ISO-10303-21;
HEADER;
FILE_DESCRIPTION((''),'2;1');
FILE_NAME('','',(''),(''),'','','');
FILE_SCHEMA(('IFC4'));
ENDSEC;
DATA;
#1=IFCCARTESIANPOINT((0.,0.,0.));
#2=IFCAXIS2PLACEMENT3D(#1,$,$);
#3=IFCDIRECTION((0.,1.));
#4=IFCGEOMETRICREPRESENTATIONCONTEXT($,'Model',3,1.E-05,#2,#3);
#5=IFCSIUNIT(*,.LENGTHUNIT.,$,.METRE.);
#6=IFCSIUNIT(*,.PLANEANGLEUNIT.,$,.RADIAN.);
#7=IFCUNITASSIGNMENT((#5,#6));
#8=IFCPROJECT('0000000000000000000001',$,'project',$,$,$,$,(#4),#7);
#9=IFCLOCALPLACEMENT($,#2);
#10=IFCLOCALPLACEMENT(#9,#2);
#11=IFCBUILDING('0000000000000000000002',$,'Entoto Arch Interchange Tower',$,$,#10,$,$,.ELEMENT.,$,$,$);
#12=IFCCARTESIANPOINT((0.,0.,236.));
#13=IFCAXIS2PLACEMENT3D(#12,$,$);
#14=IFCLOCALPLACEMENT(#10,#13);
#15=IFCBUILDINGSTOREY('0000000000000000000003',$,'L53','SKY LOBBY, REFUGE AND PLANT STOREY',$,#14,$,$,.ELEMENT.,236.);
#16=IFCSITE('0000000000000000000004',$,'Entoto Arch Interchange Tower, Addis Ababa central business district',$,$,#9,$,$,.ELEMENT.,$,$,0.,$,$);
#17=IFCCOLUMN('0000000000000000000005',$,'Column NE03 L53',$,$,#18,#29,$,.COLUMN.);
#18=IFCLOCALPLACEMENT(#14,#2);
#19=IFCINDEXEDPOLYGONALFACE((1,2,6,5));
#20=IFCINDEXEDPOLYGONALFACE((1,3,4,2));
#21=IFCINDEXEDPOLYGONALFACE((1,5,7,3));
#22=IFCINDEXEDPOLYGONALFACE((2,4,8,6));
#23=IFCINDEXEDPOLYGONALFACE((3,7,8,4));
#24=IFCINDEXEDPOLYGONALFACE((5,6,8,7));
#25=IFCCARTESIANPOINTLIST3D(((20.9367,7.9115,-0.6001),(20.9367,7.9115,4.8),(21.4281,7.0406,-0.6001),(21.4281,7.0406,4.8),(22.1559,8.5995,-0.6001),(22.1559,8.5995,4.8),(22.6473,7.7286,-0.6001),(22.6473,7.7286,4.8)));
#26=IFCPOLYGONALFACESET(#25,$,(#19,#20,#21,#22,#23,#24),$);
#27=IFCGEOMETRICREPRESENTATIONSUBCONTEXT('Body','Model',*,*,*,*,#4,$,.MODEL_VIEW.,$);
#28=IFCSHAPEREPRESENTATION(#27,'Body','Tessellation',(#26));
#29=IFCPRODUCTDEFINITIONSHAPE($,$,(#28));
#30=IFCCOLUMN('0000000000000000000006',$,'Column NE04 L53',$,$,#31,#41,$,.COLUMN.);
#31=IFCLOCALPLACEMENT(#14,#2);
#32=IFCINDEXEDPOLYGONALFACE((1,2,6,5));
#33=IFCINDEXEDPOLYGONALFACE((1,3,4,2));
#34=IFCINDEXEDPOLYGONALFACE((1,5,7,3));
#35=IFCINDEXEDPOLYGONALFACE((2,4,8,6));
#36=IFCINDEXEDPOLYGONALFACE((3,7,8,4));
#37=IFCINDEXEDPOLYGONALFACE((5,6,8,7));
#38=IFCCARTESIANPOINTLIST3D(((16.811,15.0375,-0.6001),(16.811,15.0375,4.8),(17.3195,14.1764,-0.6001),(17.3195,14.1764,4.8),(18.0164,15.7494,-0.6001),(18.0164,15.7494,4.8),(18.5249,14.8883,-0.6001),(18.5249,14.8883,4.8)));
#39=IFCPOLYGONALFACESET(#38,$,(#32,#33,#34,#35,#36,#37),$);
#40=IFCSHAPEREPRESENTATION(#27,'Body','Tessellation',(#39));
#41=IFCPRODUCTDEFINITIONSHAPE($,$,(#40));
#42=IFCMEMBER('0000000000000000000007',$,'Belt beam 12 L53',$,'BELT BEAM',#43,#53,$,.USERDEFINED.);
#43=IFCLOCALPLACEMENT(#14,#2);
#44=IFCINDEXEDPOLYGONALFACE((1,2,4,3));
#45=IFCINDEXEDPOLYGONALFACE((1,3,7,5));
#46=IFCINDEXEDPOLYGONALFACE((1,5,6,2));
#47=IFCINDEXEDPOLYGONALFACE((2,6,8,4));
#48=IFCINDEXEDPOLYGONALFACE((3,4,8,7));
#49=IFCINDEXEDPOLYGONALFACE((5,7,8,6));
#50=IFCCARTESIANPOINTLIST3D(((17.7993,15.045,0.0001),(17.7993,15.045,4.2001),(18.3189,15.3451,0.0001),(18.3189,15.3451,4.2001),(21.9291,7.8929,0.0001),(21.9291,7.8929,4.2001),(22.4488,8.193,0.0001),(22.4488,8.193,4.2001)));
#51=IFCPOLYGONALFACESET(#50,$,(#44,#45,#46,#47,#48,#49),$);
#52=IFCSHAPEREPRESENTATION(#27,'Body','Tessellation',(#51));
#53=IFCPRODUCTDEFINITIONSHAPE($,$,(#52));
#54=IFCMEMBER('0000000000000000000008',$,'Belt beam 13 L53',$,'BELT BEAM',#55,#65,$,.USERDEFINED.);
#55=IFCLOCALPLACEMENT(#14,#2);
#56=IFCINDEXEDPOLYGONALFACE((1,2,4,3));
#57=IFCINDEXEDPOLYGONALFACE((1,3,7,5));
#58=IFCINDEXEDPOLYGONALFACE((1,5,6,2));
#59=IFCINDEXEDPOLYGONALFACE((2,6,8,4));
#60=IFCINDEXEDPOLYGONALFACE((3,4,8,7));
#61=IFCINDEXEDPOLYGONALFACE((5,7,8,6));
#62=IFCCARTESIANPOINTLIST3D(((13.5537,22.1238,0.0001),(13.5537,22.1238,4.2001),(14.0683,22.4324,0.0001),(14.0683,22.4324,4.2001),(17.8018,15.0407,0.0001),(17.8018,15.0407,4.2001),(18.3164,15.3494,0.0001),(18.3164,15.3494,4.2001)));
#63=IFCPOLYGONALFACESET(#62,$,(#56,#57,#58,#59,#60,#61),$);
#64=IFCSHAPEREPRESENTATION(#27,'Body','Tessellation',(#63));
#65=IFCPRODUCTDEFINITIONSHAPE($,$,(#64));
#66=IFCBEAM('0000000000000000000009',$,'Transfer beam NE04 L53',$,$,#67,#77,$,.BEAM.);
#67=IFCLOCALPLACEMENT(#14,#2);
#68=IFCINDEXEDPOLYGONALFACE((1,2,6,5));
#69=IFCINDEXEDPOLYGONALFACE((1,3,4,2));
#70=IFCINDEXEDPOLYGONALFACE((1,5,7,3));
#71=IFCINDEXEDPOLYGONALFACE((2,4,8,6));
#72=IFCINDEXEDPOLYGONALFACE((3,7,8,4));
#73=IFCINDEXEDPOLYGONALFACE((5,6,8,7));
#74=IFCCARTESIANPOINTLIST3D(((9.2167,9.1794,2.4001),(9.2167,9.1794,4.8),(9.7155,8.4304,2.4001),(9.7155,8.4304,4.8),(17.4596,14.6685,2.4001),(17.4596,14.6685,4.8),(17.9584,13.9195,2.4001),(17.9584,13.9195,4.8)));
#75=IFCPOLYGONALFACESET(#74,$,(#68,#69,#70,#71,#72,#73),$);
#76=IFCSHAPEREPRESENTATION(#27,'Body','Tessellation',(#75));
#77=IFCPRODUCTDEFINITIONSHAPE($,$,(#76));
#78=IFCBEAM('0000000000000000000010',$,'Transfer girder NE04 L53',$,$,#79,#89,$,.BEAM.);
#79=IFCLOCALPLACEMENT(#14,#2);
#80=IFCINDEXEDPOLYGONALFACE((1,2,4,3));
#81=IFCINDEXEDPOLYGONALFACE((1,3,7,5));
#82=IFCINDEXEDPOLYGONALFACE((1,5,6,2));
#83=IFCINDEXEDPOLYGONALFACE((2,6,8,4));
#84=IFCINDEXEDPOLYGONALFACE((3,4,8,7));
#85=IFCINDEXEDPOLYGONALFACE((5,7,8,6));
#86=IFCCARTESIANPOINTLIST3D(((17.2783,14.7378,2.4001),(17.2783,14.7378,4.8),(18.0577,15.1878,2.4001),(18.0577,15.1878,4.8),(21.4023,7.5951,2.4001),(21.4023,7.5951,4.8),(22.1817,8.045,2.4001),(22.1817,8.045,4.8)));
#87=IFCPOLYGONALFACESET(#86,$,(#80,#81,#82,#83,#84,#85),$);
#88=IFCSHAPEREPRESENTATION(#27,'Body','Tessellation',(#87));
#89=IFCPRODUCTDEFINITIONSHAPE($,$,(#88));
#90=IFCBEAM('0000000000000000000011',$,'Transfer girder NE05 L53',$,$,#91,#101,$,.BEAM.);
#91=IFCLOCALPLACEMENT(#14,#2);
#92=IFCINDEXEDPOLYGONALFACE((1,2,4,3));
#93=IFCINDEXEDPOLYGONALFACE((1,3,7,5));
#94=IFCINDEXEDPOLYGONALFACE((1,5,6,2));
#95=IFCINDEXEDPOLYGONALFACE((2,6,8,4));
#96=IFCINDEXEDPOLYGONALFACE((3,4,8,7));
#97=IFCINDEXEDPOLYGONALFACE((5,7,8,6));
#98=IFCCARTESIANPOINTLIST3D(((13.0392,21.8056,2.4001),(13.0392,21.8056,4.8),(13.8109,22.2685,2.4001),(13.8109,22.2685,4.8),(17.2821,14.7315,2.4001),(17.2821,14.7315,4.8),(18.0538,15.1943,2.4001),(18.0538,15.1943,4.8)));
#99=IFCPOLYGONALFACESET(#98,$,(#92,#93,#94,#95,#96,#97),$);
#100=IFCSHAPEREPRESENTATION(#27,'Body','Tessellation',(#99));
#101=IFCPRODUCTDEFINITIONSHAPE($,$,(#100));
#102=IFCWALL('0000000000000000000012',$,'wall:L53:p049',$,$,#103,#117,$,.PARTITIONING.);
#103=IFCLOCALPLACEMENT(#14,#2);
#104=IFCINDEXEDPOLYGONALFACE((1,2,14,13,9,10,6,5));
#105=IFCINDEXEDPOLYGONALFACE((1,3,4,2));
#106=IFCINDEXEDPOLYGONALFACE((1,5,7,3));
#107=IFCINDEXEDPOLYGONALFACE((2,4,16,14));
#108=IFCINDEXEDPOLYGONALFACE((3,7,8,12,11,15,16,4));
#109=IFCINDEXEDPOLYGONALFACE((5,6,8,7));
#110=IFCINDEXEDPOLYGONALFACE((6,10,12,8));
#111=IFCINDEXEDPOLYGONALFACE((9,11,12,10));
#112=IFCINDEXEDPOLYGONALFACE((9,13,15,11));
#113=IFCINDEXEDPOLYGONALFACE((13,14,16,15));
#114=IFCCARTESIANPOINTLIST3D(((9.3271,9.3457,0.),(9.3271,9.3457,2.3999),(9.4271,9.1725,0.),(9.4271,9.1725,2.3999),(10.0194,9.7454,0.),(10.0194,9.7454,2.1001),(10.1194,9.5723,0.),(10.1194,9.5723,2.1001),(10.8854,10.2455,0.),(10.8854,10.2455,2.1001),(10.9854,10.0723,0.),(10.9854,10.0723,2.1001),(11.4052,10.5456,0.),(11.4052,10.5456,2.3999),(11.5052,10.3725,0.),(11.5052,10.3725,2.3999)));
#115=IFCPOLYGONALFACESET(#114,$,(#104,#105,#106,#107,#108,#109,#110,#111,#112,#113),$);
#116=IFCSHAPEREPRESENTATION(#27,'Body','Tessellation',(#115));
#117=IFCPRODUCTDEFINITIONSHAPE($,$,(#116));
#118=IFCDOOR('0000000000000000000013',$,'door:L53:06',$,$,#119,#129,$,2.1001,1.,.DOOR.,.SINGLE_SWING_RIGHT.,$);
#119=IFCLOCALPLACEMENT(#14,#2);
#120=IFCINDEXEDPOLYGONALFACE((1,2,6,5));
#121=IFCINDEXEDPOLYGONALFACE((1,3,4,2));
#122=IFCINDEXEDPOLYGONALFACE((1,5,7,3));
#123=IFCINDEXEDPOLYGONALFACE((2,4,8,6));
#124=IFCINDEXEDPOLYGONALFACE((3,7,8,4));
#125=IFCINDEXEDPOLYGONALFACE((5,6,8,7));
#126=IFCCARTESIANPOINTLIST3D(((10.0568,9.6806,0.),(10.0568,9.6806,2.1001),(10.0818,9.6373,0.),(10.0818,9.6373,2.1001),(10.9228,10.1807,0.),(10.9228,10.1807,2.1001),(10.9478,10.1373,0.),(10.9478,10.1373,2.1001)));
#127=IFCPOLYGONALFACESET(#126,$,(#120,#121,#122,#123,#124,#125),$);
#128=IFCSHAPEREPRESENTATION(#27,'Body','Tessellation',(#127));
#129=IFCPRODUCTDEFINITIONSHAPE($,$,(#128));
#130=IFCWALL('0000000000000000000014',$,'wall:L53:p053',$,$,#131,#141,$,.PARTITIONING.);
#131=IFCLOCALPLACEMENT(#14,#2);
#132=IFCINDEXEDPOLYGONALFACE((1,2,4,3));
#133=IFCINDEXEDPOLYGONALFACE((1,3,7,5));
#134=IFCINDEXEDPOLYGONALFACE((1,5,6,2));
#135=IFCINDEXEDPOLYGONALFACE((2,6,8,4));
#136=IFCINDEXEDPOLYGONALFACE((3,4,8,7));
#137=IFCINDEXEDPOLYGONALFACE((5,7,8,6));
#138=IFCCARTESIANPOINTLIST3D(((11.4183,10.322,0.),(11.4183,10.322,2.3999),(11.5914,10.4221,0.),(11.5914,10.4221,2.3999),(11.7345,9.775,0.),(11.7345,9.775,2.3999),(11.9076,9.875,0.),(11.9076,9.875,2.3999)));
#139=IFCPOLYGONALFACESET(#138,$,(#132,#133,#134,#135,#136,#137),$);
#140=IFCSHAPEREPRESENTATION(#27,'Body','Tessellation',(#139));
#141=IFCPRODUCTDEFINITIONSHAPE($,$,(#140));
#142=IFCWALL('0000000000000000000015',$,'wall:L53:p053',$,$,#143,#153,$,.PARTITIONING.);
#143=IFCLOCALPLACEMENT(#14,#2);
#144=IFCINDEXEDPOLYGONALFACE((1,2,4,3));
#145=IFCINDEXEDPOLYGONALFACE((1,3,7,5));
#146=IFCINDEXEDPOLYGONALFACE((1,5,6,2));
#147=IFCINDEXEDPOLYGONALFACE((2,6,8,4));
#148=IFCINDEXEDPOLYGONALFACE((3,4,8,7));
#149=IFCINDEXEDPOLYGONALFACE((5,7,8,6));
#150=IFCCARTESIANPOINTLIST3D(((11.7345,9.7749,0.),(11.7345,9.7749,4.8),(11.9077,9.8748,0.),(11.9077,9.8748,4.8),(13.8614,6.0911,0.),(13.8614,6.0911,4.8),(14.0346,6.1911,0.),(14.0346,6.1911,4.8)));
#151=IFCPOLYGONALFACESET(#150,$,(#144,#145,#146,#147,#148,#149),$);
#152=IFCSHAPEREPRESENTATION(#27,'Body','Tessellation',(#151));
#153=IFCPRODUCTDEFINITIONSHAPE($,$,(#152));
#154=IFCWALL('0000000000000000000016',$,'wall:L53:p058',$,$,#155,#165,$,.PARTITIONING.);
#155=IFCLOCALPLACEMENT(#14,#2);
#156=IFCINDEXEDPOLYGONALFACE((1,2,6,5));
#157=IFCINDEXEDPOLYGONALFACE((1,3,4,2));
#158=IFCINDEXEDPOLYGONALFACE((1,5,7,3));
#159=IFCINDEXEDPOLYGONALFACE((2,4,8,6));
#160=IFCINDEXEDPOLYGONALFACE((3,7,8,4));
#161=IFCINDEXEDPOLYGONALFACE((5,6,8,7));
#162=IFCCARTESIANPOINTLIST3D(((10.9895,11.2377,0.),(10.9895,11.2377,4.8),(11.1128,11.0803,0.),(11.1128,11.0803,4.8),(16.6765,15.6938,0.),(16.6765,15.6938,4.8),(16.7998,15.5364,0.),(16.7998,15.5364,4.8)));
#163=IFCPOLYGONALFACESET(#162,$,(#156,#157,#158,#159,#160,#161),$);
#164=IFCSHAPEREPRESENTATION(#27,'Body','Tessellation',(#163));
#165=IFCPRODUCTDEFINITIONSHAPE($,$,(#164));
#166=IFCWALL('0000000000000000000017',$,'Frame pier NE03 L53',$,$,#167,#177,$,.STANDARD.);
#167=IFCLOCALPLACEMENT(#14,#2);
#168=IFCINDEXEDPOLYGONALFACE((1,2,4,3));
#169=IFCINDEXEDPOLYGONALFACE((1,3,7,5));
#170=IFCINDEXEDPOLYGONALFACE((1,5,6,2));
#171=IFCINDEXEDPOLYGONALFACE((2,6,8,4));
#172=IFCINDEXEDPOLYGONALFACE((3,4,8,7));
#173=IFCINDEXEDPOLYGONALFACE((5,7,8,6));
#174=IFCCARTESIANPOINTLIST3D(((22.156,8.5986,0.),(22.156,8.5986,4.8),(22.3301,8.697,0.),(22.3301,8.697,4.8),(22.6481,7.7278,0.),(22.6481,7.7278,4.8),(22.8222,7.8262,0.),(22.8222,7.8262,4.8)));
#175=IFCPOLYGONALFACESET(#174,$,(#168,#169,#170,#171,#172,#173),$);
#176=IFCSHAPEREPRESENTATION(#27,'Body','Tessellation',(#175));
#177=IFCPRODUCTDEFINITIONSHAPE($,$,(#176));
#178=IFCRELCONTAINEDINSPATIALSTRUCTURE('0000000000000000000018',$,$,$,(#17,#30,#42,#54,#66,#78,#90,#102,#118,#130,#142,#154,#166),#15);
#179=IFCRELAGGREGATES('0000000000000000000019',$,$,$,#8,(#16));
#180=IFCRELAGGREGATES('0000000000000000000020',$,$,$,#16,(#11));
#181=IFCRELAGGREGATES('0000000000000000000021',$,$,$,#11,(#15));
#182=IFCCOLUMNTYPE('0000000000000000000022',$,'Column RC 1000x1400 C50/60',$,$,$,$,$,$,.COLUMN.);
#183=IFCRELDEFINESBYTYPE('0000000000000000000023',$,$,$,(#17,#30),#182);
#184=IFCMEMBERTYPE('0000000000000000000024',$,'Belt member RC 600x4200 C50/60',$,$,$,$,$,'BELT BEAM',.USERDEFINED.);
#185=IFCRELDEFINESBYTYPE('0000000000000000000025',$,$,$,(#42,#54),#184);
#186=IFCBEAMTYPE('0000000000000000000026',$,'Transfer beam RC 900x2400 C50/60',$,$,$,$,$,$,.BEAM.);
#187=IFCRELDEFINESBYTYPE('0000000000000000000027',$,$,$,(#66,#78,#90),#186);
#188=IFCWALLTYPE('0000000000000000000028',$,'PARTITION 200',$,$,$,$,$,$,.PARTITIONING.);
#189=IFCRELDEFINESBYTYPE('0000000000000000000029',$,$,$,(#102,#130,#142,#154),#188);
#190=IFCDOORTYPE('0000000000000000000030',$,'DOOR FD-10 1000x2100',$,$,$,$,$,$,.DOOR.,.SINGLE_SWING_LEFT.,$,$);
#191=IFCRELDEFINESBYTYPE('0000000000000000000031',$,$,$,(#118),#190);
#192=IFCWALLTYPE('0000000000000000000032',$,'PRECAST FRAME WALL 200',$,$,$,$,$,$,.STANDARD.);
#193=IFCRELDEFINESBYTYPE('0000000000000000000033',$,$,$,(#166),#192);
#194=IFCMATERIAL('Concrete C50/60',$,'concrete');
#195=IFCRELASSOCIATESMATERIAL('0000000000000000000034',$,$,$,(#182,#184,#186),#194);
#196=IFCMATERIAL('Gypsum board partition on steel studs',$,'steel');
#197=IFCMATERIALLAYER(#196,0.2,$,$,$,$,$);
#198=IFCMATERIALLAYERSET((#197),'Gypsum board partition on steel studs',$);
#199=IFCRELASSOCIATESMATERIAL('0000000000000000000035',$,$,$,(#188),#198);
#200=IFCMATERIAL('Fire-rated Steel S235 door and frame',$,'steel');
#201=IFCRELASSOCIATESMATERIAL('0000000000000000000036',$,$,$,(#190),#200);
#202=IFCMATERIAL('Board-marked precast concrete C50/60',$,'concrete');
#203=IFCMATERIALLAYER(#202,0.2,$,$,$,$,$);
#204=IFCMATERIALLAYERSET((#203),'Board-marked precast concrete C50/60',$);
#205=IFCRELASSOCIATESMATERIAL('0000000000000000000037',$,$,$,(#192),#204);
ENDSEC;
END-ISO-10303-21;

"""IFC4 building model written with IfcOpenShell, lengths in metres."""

from ifc_helpers import new_model, si_unit, direction, frame, frame_2d, origin, origin_2d, place, context, subcontext, project, spatial, rectangle, extrude, material, layer, layer_set, material_profile, profile_set, type_object, element, fill, save


model = new_model("IFC4")

# Units and contexts
model_context = context("Model", 3, precision=1e-05, world=origin(), true_north=direction((0.0, 1.0)))
body_context = subcontext(model_context, "Body", "Model", "MODEL_VIEW")
ifc_project = project(units=[si_unit("LENGTHUNIT", "METRE"), si_unit("PLANEANGLEUNIT", "RADIAN")], contexts=[model_context])

# Site, building, storey
site_placement = place(None, origin())
site = spatial("IfcSite", under=ifc_project, at=site_placement, Name="Entoto Arch Interchange Tower, Addis Ababa central business district", CompositionType="ELEMENT", RefElevation=0.0)
building_placement = place(site_placement, origin())
building = spatial("IfcBuilding", under=site, at=building_placement, Name="Entoto Arch Interchange Tower", CompositionType="ELEMENT")
storey_placement = place(building_placement, frame((0.0, 0.0, 236.0)))
storey = spatial("IfcBuildingStorey", under=building, at=storey_placement, Name="L53", Description="SKY LOBBY, REFUGE AND PLANT STOREY", CompositionType="ELEMENT", Elevation=236.0)

# Columns
ifc_material_1 = material(Name="Concrete C50/60", Category="concrete")
ifc_material_profile_1 = material_profile(ifc_material_1, rectangle(XDim=1.0, YDim=1.3999, at=origin_2d()))
ifc_profile_set_1 = profile_set([ifc_material_profile_1], Name="Concrete C50/60")
column_type = type_object("IfcColumnType", Name="Column RC 1000x1400 C50/60", PredefinedType="COLUMN", material=ifc_profile_set_1)
for number, where, z_axis, x_axis, name in (
    (1, (21.792, 7.8201, -0.6001), (0.0, 0.0, 1.0), (-0.491436, 0.870914, 0.0), "Column NE03 L53"),
    (2, (17.668, 14.9629, -0.6001), (0.0, 0.0, 1.0), (-0.508516, 0.861053, 0.0), "Column NE04 L53"),
):
    element("IfcColumn", number, at=place(storey_placement, frame(where, z_axis=z_axis, x_axis=x_axis)), inside=storey, type_object=column_type, Name=name, PredefinedType="COLUMN", context=body_context, shape_type="SweptSolid", body=[
        extrude(rectangle(XDim=1.0, YDim=1.3999, at=origin_2d()), origin(), (0.0, 0.0, 1.0), 5.4001),
    ])

# Members
ifc_material_profile_2 = material_profile(ifc_material_1, rectangle(XDim=0.6001, YDim=4.2, at=origin_2d()))
ifc_profile_set_2 = profile_set([ifc_material_profile_2], Name="Concrete C50/60")
member_type = type_object("IfcMemberType", Name="Belt member RC 600x4200 C50/60", ElementType="BELT BEAM", PredefinedType="USERDEFINED", material=ifc_profile_set_2)
member_1_placement = place(storey_placement, frame((22.189, 8.043, 2.1001), z_axis=(-0.500056, 0.865993, 0.0), x_axis=(-0.865993, -0.500056, 0.0)))
element("IfcMember", 3, at=member_1_placement, inside=storey, type_object=member_type, Name="Belt beam 12 L53", ObjectType="BELT BEAM", PredefinedType="USERDEFINED", context=body_context, shape_type="SweptSolid", body=[
    extrude(rectangle(XDim=0.6001, YDim=4.2, at=origin_2d()), origin(), (0.0, 0.0, 1.0), 8.2588),
])
member_2_placement = place(storey_placement, frame((18.0591, 15.1951, 2.1001), z_axis=(-0.514339, 0.857587, 0.0), x_axis=(-0.857587, -0.514339, 0.0)))
element("IfcMember", 4, at=member_2_placement, inside=storey, type_object=member_type, Name="Belt beam 13 L53", ObjectType="BELT BEAM", PredefinedType="USERDEFINED", context=body_context, shape_type="SweptSolid", body=[
    extrude(rectangle(XDim=0.6001, YDim=4.2, at=origin_2d()), origin(), (0.0, 0.0, 1.0), 8.2593),
])

# Beams
ifc_material_profile_3 = material_profile(ifc_material_1, rectangle(XDim=0.8999, YDim=2.3999, at=origin_2d()))
ifc_profile_set_3 = profile_set([ifc_material_profile_3], Name="Concrete C50/60")
beam_type = type_object("IfcBeamType", Name="Transfer beam RC 900x2400 C50/60", PredefinedType="BEAM", material=ifc_profile_set_3)
beam_1_placement = place(storey_placement, frame((9.4661, 8.8049, 3.6001), z_axis=(0.832342, 0.554262, 0.0), x_axis=(-0.554262, 0.832342, 0.0)))
element("IfcBeam", 5, at=beam_1_placement, inside=storey, type_object=beam_type, Name="Transfer beam NE04 L53", PredefinedType="BEAM", context=body_context, shape_type="SweptSolid", body=[
    extrude(rectangle(XDim=0.8999, YDim=2.3999, at=origin_2d()), origin(), (0.0, 0.0, 1.0), 9.9033),
])
beam_2_placement = place(storey_placement, frame((21.792, 7.8201, 3.6001), z_axis=(-0.50001, 0.866019, 0.0), x_axis=(-0.866019, -0.50001, 0.0)))
element("IfcBeam", 6, at=beam_2_placement, inside=storey, type_object=beam_type, Name="Transfer girder NE04 L53", PredefinedType="BEAM", context=body_context, shape_type="SweptSolid", body=[
    extrude(rectangle(XDim=0.8999, YDim=2.3999, at=origin_2d()), origin(), (0.0, 0.0, 1.0), 8.2478),
])
beam_3_placement = place(storey_placement, frame((17.668, 14.9629, 3.6001), z_axis=(-0.514352, 0.857579, 0.0), x_axis=(-0.857579, -0.514352, 0.0)))
element("IfcBeam", 7, at=beam_3_placement, inside=storey, type_object=beam_type, Name="Transfer girder NE05 L53", PredefinedType="BEAM", context=body_context, shape_type="SweptSolid", body=[
    extrude(rectangle(XDim=0.8999, YDim=2.3999, at=origin_2d()), origin(), (0.0, 0.0, 1.0), 8.249),
])

# Wall, opening, door
ifc_material_2 = material(Name="Gypsum board partition on steel studs", Category="steel")
ifc_layer_1 = layer(ifc_material_2, 0.2)
ifc_layer_set_1 = layer_set([ifc_layer_1], Name="Gypsum board partition on steel studs")
wall_type_1 = type_object("IfcWallType", Name="PARTITION 200", PredefinedType="PARTITIONING", material=ifc_layer_set_1)
wall_1_placement = place(storey_placement, frame((11.4551, 10.459, 0.0), z_axis=(0.0, 0.0, 1.0), x_axis=(-0.865999, -0.500045, 0.0)))
wall_1 = element("IfcWall", 8, at=wall_1_placement, inside=storey, type_object=wall_type_1, Name="wall:L53:p049", PredefinedType="PARTITIONING", context=body_context, shape_type="SweptSolid", body=[
    extrude(rectangle(XDim=2.3997, YDim=0.2, at=frame_2d((1.1997, 0.0))), origin(), (0.0, 0.0, 1.0), 2.3999),
])
opening_placement = place(wall_1_placement, frame((0.6001, 0.0, 0.0)))
opening = element("IfcOpeningElement", 9, at=opening_placement, cuts=wall_1, PredefinedType="OPENING", context=body_context, shape_type="SweptSolid", body=[
    extrude(rectangle(XDim=1.0, YDim=2.1001, at=frame_2d((0.5, 1.05))), frame((0.0, 0.1099, 0.0), z_axis=(0.0, -1.0, 0.0), x_axis=(1.0, 0.0, 0.0)), (0.0, 0.0, 1.0), 0.22),
])
ifc_material_3 = material(Name="Fire-rated Steel S235 door and frame", Category="steel")
door_type = type_object("IfcDoorType", Name="DOOR FD-10 1000x2100", OperationType="SINGLE_SWING_LEFT", PredefinedType="DOOR", material=ifc_material_3)
door_placement = place(opening_placement, origin())
door = element("IfcDoor", 10, at=door_placement, inside=storey, type_object=door_type, Name="door:L53:06", OperationType="SINGLE_SWING_RIGHT", OverallHeight=2.1001, OverallWidth=1.0, PredefinedType="DOOR", context=body_context, shape_type="SweptSolid", body=[
    extrude(rectangle(XDim=1.0, YDim=2.1001, at=frame_2d((0.5, 1.05))), frame((0.0, 0.0249, 0.0), z_axis=(0.0, -1.0, 0.0), x_axis=(1.0, 0.0, 0.0)), (0.0, 0.0, 1.0), 0.05),
])
fill(opening, door)

# Walls
wall_2_placement = place(storey_placement, frame((11.5049, 10.3721, 0.0), z_axis=(0.0, 0.0, 1.0), x_axis=(0.500336, -0.865832, 0.0)))
element("IfcWall", 11, at=wall_2_placement, inside=storey, type_object=wall_type_1, Name="wall:L53:p053", PredefinedType="PARTITIONING", context=body_context, shape_type="SweptSolid", body=[
    extrude(rectangle(XDim=0.6318, YDim=0.2, at=frame_2d((0.3159, 0.0))), origin(), (0.0, 0.0, 1.0), 2.3999),
])
wall_3_placement = place(storey_placement, frame((11.821, 9.825, 0.0), z_axis=(0.0, 0.0, 1.0), x_axis=(0.500016, -0.866016, 0.0)))
element("IfcWall", 12, at=wall_3_placement, inside=storey, type_object=wall_type_1, Name="wall:L53:p053", PredefinedType="PARTITIONING", context=body_context, shape_type="SweptSolid", body=[
    extrude(rectangle(XDim=4.2537, YDim=0.2, at=frame_2d((2.127, 0.0))), origin(), (0.0, 0.0, 1.0), 4.8),
])
wall_4_placement = place(storey_placement, frame((16.738, 15.615, 0.0), z_axis=(0.0, 0.0, 1.0), x_axis=(-0.787145, -0.616767, 0.0)))
element("IfcWall", 13, at=wall_4_placement, inside=storey, type_object=wall_type_1, Name="wall:L53:p058", PredefinedType="PARTITIONING", context=body_context, shape_type="SweptSolid", body=[
    extrude(rectangle(XDim=7.2249, YDim=0.2, at=frame_2d((3.6123, 0.0))), origin(), (0.0, 0.0, 1.0), 4.8),
])
ifc_material_4 = material(Name="Board-marked precast concrete C50/60", Category="concrete")
ifc_layer_2 = layer(ifc_material_4, 0.2)
ifc_layer_set_2 = layer_set([ifc_layer_2], Name="Board-marked precast concrete C50/60")
wall_type_2 = type_object("IfcWallType", Name="PRECAST FRAME WALL 200", PredefinedType="STANDARD", material=ifc_layer_set_2)
wall_5_placement = place(storey_placement, frame((22.7351, 7.7771, 0.0), z_axis=(0.0, 0.0, 1.0), x_axis=(-0.492033, 0.870576, 0.0)))
element("IfcWall", 14, at=wall_5_placement, inside=storey, type_object=wall_type_2, Name="Frame pier NE03 L53", PredefinedType="STANDARD", context=body_context, shape_type="SweptSolid", body=[
    extrude(rectangle(XDim=1.0002, YDim=0.2, at=frame_2d((0.5, 0.0))), origin(), (0.0, 0.0, 1.0), 4.8),
])

save(model, "model.ifc")
